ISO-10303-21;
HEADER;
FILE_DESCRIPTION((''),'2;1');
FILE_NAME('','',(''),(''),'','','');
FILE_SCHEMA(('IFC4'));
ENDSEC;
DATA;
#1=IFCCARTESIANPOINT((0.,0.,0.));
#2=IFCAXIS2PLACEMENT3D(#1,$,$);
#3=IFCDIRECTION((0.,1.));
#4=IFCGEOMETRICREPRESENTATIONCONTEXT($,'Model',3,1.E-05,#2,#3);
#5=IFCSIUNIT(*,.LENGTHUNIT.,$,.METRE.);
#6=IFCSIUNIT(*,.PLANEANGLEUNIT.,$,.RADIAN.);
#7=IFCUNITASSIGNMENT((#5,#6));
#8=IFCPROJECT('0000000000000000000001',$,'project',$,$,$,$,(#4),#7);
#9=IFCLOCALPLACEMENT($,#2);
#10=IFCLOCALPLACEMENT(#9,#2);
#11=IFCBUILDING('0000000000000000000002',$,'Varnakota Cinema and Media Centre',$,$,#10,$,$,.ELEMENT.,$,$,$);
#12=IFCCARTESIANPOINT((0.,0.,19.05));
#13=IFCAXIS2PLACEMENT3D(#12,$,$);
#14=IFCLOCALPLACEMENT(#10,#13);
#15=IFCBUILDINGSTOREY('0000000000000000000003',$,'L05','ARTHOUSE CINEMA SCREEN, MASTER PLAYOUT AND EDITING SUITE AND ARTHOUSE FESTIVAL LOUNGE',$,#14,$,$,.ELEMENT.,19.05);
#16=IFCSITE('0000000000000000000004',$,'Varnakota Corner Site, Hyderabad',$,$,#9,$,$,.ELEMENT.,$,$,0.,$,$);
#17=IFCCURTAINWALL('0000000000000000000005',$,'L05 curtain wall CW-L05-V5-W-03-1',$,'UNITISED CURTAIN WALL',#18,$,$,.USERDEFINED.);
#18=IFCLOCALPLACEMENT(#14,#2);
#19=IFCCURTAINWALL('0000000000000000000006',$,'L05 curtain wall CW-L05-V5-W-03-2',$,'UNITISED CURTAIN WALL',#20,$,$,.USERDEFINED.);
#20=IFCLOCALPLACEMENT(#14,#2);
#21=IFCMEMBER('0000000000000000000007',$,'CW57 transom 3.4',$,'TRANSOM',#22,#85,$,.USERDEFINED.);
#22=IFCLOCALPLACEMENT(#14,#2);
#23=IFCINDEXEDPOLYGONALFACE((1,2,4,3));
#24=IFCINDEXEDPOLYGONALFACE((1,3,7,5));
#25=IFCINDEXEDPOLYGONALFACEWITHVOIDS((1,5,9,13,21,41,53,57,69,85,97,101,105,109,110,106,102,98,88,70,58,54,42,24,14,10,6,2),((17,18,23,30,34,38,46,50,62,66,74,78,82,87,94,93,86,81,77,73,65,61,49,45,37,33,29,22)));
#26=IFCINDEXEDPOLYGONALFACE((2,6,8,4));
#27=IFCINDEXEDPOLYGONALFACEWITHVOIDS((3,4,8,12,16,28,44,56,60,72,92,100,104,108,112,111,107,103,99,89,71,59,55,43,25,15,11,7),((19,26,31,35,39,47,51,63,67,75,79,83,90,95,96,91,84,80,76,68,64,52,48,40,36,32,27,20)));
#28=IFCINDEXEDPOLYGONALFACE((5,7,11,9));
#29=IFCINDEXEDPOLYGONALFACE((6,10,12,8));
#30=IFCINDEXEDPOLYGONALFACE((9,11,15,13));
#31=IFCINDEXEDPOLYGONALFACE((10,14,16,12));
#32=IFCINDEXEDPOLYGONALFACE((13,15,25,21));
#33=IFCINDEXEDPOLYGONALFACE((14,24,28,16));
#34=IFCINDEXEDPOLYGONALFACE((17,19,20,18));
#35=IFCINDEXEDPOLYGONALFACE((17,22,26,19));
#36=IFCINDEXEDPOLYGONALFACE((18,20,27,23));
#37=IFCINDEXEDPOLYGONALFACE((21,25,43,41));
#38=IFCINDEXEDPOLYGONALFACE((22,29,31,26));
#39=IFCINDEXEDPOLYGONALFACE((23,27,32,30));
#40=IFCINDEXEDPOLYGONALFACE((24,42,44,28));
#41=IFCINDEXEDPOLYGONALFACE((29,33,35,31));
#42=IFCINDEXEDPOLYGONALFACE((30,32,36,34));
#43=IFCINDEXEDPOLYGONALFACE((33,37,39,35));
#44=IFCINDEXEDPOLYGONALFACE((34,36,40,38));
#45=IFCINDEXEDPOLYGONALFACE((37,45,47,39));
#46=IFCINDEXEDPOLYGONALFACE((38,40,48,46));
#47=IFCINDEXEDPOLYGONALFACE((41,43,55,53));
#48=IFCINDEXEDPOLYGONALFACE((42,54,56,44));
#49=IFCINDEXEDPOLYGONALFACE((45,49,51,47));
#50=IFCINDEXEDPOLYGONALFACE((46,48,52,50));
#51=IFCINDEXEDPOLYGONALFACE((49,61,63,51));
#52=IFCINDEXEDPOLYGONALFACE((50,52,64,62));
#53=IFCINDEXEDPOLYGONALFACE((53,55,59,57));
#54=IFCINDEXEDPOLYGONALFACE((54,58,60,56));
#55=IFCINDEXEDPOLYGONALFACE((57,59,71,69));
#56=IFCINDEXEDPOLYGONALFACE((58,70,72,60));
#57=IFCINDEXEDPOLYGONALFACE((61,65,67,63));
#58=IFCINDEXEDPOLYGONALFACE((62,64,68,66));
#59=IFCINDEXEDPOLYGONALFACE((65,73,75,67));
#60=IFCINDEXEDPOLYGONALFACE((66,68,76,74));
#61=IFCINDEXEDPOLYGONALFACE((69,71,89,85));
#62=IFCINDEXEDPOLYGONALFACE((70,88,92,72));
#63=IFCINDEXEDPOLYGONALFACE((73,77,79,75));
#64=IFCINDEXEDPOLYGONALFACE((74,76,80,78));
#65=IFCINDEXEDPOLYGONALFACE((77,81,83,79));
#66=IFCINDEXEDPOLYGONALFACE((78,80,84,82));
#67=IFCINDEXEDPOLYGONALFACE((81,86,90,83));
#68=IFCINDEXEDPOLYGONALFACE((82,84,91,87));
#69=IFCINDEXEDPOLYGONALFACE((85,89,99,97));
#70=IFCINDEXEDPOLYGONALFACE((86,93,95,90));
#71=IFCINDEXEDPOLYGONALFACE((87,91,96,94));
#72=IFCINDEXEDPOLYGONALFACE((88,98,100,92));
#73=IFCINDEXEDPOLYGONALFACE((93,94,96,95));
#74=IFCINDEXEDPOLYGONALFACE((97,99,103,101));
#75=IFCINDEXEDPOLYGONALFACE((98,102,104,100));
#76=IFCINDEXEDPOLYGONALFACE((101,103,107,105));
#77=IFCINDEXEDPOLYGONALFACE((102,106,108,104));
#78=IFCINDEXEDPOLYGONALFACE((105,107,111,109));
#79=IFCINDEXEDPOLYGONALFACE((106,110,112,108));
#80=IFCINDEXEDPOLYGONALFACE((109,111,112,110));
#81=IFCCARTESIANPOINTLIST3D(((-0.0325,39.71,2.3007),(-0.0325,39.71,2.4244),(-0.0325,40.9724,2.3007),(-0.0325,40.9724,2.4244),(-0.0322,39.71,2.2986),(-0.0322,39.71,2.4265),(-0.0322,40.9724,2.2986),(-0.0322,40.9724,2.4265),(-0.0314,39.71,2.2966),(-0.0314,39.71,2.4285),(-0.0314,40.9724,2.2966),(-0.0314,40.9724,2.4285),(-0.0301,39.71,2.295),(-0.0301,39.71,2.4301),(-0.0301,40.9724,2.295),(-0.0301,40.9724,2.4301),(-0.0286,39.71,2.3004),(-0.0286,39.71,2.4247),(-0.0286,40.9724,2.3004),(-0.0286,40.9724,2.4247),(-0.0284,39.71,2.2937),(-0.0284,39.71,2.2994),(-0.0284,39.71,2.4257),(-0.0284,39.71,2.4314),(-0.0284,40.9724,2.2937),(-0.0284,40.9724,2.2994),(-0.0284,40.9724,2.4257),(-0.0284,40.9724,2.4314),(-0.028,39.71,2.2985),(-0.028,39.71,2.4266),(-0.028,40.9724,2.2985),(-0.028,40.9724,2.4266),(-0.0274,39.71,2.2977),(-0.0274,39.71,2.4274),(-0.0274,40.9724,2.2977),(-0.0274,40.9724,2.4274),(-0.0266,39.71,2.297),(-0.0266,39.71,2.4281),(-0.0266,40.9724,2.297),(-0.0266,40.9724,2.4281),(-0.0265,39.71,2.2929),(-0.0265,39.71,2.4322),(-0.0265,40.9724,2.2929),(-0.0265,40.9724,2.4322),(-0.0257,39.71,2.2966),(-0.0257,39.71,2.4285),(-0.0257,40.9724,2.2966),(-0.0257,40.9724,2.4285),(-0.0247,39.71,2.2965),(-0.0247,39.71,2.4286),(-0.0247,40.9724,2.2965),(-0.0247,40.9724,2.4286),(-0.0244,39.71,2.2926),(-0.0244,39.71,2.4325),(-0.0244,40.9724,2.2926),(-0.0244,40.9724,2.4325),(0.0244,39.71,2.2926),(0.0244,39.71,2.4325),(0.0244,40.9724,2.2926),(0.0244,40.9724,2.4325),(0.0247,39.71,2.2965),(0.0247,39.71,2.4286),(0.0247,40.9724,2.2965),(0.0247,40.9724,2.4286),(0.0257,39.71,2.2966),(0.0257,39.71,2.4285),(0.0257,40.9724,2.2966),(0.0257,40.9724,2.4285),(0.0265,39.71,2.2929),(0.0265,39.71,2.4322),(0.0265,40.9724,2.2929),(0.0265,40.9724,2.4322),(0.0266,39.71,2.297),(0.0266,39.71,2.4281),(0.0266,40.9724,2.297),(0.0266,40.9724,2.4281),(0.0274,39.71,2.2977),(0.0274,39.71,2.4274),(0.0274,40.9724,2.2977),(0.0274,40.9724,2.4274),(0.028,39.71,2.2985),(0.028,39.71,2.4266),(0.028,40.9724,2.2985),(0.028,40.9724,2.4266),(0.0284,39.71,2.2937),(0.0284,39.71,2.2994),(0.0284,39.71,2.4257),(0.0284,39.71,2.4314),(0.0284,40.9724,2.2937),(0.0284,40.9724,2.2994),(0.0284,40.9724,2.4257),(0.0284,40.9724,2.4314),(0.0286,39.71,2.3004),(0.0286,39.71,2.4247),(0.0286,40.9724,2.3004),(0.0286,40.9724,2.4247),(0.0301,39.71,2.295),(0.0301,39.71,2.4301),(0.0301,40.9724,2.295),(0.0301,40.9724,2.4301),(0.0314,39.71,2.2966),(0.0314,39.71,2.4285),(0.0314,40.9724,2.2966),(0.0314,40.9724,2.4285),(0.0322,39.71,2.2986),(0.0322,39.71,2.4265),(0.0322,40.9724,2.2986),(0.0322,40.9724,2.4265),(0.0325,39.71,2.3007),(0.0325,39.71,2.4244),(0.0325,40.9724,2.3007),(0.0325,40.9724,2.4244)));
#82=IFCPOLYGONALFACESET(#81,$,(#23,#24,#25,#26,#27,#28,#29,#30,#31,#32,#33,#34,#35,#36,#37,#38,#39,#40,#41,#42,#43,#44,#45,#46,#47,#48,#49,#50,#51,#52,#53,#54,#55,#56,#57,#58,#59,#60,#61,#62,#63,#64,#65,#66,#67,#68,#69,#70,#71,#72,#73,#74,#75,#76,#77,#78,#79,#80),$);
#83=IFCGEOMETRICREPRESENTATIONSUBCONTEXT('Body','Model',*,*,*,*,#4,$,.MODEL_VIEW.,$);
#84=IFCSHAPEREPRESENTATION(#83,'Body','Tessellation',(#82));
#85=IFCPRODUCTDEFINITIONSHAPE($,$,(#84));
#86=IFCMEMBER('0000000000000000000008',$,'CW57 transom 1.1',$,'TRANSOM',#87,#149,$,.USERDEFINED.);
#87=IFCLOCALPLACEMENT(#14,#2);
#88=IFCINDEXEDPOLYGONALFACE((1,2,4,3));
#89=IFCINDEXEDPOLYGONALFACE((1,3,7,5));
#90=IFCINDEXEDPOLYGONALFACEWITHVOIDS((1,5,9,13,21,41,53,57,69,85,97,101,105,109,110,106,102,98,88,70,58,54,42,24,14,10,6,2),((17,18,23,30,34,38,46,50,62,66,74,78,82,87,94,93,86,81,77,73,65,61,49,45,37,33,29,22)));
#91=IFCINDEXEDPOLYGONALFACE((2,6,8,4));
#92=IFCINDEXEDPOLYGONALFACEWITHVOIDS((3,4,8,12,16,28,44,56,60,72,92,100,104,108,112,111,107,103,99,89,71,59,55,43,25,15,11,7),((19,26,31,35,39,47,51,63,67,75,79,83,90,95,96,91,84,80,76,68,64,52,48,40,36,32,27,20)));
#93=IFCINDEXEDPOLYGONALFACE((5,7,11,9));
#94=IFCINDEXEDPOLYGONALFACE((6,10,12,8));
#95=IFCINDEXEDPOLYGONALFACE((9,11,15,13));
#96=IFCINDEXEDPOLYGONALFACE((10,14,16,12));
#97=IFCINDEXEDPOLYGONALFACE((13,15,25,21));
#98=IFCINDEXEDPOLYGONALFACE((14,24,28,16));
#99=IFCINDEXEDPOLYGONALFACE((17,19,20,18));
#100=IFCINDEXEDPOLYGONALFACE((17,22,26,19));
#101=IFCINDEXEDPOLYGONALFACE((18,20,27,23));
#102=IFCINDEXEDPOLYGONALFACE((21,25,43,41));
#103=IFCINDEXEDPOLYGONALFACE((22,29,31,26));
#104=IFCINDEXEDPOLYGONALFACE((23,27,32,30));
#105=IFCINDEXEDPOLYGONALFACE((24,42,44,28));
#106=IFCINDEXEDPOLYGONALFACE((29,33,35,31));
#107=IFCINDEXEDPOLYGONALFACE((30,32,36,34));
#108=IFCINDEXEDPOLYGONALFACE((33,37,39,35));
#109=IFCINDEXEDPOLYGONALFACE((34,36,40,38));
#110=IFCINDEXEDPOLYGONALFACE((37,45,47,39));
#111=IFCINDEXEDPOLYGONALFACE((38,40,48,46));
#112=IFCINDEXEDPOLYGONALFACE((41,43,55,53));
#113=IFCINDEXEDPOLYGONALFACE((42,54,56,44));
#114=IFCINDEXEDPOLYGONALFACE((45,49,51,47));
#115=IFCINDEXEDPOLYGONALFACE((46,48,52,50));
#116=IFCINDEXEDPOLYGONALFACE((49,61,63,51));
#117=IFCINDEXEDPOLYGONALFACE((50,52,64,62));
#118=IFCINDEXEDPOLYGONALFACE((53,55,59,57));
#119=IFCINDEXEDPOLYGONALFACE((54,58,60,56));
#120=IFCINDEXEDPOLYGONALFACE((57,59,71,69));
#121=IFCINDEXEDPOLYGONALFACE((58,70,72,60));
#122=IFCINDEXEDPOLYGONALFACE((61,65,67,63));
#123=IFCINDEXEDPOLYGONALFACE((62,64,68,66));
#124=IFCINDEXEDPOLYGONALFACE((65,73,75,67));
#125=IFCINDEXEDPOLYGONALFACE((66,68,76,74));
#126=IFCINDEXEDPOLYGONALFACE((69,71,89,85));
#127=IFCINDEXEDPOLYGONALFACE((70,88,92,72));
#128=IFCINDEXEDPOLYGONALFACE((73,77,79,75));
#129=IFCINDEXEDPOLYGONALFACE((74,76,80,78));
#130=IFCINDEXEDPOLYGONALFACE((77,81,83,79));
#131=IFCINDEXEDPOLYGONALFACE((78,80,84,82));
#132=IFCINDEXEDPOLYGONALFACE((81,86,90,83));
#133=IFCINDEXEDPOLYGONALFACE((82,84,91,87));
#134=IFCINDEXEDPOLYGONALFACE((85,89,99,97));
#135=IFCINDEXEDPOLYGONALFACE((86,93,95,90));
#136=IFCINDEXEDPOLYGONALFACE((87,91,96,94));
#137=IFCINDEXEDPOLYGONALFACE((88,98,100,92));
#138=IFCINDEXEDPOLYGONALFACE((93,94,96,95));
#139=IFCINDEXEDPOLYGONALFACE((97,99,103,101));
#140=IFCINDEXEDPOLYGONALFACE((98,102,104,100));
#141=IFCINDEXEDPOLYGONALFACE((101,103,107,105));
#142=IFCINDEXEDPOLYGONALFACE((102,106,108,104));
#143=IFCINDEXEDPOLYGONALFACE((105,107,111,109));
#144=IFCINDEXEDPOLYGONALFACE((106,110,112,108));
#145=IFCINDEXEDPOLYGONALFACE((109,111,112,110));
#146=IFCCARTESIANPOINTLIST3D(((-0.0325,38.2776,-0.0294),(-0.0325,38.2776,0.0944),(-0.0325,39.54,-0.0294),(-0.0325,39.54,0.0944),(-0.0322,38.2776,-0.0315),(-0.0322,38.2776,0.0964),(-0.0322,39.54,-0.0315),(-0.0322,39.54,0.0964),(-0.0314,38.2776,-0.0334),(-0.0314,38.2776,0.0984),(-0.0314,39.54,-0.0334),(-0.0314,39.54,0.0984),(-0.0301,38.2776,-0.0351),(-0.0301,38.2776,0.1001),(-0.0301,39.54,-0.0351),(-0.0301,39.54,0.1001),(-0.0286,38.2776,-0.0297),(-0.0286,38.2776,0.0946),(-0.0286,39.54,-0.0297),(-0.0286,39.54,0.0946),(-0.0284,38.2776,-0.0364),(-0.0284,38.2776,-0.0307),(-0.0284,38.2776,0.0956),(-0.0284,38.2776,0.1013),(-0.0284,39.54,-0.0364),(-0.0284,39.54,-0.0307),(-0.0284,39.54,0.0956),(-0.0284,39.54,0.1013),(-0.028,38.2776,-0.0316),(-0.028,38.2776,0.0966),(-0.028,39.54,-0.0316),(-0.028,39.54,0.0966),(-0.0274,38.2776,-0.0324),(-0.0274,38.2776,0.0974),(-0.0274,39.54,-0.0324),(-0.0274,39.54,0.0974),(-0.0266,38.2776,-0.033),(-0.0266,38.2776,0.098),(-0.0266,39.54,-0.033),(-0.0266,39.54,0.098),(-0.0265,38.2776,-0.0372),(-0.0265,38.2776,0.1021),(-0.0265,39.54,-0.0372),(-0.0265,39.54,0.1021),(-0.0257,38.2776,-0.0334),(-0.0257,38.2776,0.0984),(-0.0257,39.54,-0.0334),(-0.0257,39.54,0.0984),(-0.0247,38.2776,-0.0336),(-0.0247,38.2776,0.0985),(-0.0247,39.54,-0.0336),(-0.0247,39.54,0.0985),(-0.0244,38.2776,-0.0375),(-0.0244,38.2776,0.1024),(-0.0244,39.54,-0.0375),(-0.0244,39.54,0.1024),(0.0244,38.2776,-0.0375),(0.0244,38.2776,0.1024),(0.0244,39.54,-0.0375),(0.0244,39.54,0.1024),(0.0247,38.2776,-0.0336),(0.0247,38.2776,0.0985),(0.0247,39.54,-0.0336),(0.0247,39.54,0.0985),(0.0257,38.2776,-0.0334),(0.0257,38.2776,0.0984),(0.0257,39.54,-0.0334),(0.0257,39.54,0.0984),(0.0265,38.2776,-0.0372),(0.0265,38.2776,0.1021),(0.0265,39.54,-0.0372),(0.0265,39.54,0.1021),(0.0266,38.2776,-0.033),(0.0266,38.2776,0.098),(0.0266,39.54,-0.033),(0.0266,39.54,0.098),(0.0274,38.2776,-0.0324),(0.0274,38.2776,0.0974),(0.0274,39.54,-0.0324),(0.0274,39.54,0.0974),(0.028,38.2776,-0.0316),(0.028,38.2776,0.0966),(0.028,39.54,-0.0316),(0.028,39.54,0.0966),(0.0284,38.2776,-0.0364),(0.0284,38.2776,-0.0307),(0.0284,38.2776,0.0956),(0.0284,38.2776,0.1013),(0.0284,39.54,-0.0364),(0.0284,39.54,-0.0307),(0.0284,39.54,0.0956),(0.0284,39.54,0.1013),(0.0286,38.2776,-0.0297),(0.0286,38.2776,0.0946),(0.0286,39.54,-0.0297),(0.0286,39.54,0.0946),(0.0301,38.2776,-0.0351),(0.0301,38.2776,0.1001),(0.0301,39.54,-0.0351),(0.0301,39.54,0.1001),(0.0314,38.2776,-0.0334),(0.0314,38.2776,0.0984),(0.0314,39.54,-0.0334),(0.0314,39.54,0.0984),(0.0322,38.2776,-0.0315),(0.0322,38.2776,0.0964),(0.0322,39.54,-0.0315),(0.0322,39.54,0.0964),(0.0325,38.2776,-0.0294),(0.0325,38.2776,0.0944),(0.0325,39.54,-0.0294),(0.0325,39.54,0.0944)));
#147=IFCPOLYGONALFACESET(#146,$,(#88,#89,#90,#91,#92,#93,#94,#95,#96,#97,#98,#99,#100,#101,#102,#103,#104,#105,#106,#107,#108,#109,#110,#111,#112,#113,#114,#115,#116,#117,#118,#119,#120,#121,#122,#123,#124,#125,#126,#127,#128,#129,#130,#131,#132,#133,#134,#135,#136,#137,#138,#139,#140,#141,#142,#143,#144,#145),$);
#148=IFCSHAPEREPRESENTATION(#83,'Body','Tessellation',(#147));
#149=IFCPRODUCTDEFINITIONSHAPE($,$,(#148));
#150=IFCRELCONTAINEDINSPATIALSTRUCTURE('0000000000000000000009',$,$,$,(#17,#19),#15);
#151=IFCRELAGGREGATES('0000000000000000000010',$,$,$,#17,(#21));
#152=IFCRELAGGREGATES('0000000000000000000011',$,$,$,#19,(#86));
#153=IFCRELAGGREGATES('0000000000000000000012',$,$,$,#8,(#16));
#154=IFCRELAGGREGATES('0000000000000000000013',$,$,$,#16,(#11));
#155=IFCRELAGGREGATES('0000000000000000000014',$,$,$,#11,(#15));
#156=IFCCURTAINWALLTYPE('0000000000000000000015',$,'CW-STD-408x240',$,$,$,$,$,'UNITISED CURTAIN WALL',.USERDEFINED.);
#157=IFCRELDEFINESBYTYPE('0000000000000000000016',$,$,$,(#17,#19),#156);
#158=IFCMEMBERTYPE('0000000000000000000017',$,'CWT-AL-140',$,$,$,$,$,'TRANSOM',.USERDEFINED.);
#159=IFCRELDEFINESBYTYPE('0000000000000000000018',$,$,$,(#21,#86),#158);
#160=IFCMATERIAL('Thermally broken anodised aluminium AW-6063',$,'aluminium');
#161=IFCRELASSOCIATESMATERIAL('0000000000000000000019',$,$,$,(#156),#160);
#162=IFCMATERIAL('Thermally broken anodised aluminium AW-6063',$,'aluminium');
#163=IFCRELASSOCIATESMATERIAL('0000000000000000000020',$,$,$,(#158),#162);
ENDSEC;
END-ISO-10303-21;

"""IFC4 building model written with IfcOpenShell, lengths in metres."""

from ifc_helpers import new_model, si_unit, direction, frame, origin, origin_2d, place, context, subcontext, project, spatial, hollow_rectangle, extrude, material, material_profile, profile_set, type_object, element, aggregate, save


model = new_model("IFC4")

# Units and contexts
model_context = context("Model", 3, precision=1e-05, world=origin(), true_north=direction((0.0, 1.0)))
body_context = subcontext(model_context, "Body", "Model", "MODEL_VIEW")
ifc_project = project(units=[si_unit("LENGTHUNIT", "METRE"), si_unit("PLANEANGLEUNIT", "RADIAN")], contexts=[model_context])

# Site, building, storey
site_placement = place(None, origin())
site = spatial("IfcSite", under=ifc_project, at=site_placement, Name="Varnakota Corner Site, Hyderabad", CompositionType="ELEMENT", RefElevation=0.0)
building_placement = place(site_placement, origin())
building = spatial("IfcBuilding", under=site, at=building_placement, Name="Varnakota Cinema and Media Centre", CompositionType="ELEMENT")
storey_placement = place(building_placement, frame((0.0, 0.0, 19.05)))
storey = spatial("IfcBuildingStorey", under=building, at=storey_placement, Name="L05", Description="ARTHOUSE CINEMA SCREEN, MASTER PLAYOUT AND EDITING SUITE AND ARTHOUSE FESTIVAL LOUNGE", CompositionType="ELEMENT", Elevation=19.05)

# Curtain wall
ifc_material_1 = material(Name="Thermally broken anodised aluminium AW-6063", Category="aluminium")
curtain_wall_type = type_object("IfcCurtainWallType", Name="CW-STD-408x240", ElementType="UNITISED CURTAIN WALL", PredefinedType="USERDEFINED", material=ifc_material_1)
curtain_wall_1_placement = place(storey_placement, origin())
curtain_wall_1 = element("IfcCurtainWall", 1, at=curtain_wall_1_placement, inside=storey, type_object=curtain_wall_type, Name="L05 curtain wall CW-L05-V5-W-03-1", ObjectType="UNITISED CURTAIN WALL", PredefinedType="USERDEFINED")

# Curtain wall
curtain_wall_2_placement = place(storey_placement, origin())
curtain_wall_2 = element("IfcCurtainWall", 2, at=curtain_wall_2_placement, inside=storey, type_object=curtain_wall_type, Name="L05 curtain wall CW-L05-V5-W-03-2", ObjectType="UNITISED CURTAIN WALL", PredefinedType="USERDEFINED")

# Members
ifc_material_2 = material(Name="Thermally broken anodised aluminium AW-6063", Category="aluminium")
ifc_material_profile_1 = material_profile(ifc_material_2, hollow_rectangle(XDim=0.0649, YDim=0.1399, WallThickness=0.0039, InnerFilletRadius=0.0039, OuterFilletRadius=0.0081, at=origin_2d()), Name="AL-TRANSOM 140x65x4")
ifc_profile_set_1 = profile_set([ifc_material_profile_1], Name="Thermally broken anodised aluminium AW-6063")
member_type_1 = type_object("IfcMemberType", Name="CWT-AL-140", ElementType="TRANSOM", PredefinedType="USERDEFINED", material=ifc_profile_set_1)
member_1_placement = place(storey_placement, frame((0.0, 40.9724, 2.3625), z_axis=(0.0, -1.0, 0.0), x_axis=(1.0, 0.0, 0.0)))
member_1 = element("IfcMember", 3, at=member_1_placement, type_object=member_type_1, Name="CW57 transom 3.4", ObjectType="TRANSOM", PredefinedType="USERDEFINED", context=body_context, shape_type="SweptSolid", body=[
    extrude(hollow_rectangle(XDim=0.0649, YDim=0.1399, WallThickness=0.0039, InnerFilletRadius=0.0039, OuterFilletRadius=0.0081, at=origin_2d()), origin(), (0.0, 0.0, 1.0), 1.2625),
])
member_2_placement = place(storey_placement, frame((0.0, 39.54, 0.0325), z_axis=(0.0, -1.0, 0.0), x_axis=(1.0, 0.0, 0.0)))
member_2 = element("IfcMember", 4, at=member_2_placement, type_object=member_type_1, Name="CW57 transom 1.1", ObjectType="TRANSOM", PredefinedType="USERDEFINED", context=body_context, shape_type="SweptSolid", body=[
    extrude(hollow_rectangle(XDim=0.0649, YDim=0.1399, WallThickness=0.0039, InnerFilletRadius=0.0039, OuterFilletRadius=0.0081, at=origin_2d()), origin(), (0.0, 0.0, 1.0), 1.2625),
])

aggregate(curtain_wall_1, [member_1])
aggregate(curtain_wall_2, [member_2])

save(model, "model.ifc")
